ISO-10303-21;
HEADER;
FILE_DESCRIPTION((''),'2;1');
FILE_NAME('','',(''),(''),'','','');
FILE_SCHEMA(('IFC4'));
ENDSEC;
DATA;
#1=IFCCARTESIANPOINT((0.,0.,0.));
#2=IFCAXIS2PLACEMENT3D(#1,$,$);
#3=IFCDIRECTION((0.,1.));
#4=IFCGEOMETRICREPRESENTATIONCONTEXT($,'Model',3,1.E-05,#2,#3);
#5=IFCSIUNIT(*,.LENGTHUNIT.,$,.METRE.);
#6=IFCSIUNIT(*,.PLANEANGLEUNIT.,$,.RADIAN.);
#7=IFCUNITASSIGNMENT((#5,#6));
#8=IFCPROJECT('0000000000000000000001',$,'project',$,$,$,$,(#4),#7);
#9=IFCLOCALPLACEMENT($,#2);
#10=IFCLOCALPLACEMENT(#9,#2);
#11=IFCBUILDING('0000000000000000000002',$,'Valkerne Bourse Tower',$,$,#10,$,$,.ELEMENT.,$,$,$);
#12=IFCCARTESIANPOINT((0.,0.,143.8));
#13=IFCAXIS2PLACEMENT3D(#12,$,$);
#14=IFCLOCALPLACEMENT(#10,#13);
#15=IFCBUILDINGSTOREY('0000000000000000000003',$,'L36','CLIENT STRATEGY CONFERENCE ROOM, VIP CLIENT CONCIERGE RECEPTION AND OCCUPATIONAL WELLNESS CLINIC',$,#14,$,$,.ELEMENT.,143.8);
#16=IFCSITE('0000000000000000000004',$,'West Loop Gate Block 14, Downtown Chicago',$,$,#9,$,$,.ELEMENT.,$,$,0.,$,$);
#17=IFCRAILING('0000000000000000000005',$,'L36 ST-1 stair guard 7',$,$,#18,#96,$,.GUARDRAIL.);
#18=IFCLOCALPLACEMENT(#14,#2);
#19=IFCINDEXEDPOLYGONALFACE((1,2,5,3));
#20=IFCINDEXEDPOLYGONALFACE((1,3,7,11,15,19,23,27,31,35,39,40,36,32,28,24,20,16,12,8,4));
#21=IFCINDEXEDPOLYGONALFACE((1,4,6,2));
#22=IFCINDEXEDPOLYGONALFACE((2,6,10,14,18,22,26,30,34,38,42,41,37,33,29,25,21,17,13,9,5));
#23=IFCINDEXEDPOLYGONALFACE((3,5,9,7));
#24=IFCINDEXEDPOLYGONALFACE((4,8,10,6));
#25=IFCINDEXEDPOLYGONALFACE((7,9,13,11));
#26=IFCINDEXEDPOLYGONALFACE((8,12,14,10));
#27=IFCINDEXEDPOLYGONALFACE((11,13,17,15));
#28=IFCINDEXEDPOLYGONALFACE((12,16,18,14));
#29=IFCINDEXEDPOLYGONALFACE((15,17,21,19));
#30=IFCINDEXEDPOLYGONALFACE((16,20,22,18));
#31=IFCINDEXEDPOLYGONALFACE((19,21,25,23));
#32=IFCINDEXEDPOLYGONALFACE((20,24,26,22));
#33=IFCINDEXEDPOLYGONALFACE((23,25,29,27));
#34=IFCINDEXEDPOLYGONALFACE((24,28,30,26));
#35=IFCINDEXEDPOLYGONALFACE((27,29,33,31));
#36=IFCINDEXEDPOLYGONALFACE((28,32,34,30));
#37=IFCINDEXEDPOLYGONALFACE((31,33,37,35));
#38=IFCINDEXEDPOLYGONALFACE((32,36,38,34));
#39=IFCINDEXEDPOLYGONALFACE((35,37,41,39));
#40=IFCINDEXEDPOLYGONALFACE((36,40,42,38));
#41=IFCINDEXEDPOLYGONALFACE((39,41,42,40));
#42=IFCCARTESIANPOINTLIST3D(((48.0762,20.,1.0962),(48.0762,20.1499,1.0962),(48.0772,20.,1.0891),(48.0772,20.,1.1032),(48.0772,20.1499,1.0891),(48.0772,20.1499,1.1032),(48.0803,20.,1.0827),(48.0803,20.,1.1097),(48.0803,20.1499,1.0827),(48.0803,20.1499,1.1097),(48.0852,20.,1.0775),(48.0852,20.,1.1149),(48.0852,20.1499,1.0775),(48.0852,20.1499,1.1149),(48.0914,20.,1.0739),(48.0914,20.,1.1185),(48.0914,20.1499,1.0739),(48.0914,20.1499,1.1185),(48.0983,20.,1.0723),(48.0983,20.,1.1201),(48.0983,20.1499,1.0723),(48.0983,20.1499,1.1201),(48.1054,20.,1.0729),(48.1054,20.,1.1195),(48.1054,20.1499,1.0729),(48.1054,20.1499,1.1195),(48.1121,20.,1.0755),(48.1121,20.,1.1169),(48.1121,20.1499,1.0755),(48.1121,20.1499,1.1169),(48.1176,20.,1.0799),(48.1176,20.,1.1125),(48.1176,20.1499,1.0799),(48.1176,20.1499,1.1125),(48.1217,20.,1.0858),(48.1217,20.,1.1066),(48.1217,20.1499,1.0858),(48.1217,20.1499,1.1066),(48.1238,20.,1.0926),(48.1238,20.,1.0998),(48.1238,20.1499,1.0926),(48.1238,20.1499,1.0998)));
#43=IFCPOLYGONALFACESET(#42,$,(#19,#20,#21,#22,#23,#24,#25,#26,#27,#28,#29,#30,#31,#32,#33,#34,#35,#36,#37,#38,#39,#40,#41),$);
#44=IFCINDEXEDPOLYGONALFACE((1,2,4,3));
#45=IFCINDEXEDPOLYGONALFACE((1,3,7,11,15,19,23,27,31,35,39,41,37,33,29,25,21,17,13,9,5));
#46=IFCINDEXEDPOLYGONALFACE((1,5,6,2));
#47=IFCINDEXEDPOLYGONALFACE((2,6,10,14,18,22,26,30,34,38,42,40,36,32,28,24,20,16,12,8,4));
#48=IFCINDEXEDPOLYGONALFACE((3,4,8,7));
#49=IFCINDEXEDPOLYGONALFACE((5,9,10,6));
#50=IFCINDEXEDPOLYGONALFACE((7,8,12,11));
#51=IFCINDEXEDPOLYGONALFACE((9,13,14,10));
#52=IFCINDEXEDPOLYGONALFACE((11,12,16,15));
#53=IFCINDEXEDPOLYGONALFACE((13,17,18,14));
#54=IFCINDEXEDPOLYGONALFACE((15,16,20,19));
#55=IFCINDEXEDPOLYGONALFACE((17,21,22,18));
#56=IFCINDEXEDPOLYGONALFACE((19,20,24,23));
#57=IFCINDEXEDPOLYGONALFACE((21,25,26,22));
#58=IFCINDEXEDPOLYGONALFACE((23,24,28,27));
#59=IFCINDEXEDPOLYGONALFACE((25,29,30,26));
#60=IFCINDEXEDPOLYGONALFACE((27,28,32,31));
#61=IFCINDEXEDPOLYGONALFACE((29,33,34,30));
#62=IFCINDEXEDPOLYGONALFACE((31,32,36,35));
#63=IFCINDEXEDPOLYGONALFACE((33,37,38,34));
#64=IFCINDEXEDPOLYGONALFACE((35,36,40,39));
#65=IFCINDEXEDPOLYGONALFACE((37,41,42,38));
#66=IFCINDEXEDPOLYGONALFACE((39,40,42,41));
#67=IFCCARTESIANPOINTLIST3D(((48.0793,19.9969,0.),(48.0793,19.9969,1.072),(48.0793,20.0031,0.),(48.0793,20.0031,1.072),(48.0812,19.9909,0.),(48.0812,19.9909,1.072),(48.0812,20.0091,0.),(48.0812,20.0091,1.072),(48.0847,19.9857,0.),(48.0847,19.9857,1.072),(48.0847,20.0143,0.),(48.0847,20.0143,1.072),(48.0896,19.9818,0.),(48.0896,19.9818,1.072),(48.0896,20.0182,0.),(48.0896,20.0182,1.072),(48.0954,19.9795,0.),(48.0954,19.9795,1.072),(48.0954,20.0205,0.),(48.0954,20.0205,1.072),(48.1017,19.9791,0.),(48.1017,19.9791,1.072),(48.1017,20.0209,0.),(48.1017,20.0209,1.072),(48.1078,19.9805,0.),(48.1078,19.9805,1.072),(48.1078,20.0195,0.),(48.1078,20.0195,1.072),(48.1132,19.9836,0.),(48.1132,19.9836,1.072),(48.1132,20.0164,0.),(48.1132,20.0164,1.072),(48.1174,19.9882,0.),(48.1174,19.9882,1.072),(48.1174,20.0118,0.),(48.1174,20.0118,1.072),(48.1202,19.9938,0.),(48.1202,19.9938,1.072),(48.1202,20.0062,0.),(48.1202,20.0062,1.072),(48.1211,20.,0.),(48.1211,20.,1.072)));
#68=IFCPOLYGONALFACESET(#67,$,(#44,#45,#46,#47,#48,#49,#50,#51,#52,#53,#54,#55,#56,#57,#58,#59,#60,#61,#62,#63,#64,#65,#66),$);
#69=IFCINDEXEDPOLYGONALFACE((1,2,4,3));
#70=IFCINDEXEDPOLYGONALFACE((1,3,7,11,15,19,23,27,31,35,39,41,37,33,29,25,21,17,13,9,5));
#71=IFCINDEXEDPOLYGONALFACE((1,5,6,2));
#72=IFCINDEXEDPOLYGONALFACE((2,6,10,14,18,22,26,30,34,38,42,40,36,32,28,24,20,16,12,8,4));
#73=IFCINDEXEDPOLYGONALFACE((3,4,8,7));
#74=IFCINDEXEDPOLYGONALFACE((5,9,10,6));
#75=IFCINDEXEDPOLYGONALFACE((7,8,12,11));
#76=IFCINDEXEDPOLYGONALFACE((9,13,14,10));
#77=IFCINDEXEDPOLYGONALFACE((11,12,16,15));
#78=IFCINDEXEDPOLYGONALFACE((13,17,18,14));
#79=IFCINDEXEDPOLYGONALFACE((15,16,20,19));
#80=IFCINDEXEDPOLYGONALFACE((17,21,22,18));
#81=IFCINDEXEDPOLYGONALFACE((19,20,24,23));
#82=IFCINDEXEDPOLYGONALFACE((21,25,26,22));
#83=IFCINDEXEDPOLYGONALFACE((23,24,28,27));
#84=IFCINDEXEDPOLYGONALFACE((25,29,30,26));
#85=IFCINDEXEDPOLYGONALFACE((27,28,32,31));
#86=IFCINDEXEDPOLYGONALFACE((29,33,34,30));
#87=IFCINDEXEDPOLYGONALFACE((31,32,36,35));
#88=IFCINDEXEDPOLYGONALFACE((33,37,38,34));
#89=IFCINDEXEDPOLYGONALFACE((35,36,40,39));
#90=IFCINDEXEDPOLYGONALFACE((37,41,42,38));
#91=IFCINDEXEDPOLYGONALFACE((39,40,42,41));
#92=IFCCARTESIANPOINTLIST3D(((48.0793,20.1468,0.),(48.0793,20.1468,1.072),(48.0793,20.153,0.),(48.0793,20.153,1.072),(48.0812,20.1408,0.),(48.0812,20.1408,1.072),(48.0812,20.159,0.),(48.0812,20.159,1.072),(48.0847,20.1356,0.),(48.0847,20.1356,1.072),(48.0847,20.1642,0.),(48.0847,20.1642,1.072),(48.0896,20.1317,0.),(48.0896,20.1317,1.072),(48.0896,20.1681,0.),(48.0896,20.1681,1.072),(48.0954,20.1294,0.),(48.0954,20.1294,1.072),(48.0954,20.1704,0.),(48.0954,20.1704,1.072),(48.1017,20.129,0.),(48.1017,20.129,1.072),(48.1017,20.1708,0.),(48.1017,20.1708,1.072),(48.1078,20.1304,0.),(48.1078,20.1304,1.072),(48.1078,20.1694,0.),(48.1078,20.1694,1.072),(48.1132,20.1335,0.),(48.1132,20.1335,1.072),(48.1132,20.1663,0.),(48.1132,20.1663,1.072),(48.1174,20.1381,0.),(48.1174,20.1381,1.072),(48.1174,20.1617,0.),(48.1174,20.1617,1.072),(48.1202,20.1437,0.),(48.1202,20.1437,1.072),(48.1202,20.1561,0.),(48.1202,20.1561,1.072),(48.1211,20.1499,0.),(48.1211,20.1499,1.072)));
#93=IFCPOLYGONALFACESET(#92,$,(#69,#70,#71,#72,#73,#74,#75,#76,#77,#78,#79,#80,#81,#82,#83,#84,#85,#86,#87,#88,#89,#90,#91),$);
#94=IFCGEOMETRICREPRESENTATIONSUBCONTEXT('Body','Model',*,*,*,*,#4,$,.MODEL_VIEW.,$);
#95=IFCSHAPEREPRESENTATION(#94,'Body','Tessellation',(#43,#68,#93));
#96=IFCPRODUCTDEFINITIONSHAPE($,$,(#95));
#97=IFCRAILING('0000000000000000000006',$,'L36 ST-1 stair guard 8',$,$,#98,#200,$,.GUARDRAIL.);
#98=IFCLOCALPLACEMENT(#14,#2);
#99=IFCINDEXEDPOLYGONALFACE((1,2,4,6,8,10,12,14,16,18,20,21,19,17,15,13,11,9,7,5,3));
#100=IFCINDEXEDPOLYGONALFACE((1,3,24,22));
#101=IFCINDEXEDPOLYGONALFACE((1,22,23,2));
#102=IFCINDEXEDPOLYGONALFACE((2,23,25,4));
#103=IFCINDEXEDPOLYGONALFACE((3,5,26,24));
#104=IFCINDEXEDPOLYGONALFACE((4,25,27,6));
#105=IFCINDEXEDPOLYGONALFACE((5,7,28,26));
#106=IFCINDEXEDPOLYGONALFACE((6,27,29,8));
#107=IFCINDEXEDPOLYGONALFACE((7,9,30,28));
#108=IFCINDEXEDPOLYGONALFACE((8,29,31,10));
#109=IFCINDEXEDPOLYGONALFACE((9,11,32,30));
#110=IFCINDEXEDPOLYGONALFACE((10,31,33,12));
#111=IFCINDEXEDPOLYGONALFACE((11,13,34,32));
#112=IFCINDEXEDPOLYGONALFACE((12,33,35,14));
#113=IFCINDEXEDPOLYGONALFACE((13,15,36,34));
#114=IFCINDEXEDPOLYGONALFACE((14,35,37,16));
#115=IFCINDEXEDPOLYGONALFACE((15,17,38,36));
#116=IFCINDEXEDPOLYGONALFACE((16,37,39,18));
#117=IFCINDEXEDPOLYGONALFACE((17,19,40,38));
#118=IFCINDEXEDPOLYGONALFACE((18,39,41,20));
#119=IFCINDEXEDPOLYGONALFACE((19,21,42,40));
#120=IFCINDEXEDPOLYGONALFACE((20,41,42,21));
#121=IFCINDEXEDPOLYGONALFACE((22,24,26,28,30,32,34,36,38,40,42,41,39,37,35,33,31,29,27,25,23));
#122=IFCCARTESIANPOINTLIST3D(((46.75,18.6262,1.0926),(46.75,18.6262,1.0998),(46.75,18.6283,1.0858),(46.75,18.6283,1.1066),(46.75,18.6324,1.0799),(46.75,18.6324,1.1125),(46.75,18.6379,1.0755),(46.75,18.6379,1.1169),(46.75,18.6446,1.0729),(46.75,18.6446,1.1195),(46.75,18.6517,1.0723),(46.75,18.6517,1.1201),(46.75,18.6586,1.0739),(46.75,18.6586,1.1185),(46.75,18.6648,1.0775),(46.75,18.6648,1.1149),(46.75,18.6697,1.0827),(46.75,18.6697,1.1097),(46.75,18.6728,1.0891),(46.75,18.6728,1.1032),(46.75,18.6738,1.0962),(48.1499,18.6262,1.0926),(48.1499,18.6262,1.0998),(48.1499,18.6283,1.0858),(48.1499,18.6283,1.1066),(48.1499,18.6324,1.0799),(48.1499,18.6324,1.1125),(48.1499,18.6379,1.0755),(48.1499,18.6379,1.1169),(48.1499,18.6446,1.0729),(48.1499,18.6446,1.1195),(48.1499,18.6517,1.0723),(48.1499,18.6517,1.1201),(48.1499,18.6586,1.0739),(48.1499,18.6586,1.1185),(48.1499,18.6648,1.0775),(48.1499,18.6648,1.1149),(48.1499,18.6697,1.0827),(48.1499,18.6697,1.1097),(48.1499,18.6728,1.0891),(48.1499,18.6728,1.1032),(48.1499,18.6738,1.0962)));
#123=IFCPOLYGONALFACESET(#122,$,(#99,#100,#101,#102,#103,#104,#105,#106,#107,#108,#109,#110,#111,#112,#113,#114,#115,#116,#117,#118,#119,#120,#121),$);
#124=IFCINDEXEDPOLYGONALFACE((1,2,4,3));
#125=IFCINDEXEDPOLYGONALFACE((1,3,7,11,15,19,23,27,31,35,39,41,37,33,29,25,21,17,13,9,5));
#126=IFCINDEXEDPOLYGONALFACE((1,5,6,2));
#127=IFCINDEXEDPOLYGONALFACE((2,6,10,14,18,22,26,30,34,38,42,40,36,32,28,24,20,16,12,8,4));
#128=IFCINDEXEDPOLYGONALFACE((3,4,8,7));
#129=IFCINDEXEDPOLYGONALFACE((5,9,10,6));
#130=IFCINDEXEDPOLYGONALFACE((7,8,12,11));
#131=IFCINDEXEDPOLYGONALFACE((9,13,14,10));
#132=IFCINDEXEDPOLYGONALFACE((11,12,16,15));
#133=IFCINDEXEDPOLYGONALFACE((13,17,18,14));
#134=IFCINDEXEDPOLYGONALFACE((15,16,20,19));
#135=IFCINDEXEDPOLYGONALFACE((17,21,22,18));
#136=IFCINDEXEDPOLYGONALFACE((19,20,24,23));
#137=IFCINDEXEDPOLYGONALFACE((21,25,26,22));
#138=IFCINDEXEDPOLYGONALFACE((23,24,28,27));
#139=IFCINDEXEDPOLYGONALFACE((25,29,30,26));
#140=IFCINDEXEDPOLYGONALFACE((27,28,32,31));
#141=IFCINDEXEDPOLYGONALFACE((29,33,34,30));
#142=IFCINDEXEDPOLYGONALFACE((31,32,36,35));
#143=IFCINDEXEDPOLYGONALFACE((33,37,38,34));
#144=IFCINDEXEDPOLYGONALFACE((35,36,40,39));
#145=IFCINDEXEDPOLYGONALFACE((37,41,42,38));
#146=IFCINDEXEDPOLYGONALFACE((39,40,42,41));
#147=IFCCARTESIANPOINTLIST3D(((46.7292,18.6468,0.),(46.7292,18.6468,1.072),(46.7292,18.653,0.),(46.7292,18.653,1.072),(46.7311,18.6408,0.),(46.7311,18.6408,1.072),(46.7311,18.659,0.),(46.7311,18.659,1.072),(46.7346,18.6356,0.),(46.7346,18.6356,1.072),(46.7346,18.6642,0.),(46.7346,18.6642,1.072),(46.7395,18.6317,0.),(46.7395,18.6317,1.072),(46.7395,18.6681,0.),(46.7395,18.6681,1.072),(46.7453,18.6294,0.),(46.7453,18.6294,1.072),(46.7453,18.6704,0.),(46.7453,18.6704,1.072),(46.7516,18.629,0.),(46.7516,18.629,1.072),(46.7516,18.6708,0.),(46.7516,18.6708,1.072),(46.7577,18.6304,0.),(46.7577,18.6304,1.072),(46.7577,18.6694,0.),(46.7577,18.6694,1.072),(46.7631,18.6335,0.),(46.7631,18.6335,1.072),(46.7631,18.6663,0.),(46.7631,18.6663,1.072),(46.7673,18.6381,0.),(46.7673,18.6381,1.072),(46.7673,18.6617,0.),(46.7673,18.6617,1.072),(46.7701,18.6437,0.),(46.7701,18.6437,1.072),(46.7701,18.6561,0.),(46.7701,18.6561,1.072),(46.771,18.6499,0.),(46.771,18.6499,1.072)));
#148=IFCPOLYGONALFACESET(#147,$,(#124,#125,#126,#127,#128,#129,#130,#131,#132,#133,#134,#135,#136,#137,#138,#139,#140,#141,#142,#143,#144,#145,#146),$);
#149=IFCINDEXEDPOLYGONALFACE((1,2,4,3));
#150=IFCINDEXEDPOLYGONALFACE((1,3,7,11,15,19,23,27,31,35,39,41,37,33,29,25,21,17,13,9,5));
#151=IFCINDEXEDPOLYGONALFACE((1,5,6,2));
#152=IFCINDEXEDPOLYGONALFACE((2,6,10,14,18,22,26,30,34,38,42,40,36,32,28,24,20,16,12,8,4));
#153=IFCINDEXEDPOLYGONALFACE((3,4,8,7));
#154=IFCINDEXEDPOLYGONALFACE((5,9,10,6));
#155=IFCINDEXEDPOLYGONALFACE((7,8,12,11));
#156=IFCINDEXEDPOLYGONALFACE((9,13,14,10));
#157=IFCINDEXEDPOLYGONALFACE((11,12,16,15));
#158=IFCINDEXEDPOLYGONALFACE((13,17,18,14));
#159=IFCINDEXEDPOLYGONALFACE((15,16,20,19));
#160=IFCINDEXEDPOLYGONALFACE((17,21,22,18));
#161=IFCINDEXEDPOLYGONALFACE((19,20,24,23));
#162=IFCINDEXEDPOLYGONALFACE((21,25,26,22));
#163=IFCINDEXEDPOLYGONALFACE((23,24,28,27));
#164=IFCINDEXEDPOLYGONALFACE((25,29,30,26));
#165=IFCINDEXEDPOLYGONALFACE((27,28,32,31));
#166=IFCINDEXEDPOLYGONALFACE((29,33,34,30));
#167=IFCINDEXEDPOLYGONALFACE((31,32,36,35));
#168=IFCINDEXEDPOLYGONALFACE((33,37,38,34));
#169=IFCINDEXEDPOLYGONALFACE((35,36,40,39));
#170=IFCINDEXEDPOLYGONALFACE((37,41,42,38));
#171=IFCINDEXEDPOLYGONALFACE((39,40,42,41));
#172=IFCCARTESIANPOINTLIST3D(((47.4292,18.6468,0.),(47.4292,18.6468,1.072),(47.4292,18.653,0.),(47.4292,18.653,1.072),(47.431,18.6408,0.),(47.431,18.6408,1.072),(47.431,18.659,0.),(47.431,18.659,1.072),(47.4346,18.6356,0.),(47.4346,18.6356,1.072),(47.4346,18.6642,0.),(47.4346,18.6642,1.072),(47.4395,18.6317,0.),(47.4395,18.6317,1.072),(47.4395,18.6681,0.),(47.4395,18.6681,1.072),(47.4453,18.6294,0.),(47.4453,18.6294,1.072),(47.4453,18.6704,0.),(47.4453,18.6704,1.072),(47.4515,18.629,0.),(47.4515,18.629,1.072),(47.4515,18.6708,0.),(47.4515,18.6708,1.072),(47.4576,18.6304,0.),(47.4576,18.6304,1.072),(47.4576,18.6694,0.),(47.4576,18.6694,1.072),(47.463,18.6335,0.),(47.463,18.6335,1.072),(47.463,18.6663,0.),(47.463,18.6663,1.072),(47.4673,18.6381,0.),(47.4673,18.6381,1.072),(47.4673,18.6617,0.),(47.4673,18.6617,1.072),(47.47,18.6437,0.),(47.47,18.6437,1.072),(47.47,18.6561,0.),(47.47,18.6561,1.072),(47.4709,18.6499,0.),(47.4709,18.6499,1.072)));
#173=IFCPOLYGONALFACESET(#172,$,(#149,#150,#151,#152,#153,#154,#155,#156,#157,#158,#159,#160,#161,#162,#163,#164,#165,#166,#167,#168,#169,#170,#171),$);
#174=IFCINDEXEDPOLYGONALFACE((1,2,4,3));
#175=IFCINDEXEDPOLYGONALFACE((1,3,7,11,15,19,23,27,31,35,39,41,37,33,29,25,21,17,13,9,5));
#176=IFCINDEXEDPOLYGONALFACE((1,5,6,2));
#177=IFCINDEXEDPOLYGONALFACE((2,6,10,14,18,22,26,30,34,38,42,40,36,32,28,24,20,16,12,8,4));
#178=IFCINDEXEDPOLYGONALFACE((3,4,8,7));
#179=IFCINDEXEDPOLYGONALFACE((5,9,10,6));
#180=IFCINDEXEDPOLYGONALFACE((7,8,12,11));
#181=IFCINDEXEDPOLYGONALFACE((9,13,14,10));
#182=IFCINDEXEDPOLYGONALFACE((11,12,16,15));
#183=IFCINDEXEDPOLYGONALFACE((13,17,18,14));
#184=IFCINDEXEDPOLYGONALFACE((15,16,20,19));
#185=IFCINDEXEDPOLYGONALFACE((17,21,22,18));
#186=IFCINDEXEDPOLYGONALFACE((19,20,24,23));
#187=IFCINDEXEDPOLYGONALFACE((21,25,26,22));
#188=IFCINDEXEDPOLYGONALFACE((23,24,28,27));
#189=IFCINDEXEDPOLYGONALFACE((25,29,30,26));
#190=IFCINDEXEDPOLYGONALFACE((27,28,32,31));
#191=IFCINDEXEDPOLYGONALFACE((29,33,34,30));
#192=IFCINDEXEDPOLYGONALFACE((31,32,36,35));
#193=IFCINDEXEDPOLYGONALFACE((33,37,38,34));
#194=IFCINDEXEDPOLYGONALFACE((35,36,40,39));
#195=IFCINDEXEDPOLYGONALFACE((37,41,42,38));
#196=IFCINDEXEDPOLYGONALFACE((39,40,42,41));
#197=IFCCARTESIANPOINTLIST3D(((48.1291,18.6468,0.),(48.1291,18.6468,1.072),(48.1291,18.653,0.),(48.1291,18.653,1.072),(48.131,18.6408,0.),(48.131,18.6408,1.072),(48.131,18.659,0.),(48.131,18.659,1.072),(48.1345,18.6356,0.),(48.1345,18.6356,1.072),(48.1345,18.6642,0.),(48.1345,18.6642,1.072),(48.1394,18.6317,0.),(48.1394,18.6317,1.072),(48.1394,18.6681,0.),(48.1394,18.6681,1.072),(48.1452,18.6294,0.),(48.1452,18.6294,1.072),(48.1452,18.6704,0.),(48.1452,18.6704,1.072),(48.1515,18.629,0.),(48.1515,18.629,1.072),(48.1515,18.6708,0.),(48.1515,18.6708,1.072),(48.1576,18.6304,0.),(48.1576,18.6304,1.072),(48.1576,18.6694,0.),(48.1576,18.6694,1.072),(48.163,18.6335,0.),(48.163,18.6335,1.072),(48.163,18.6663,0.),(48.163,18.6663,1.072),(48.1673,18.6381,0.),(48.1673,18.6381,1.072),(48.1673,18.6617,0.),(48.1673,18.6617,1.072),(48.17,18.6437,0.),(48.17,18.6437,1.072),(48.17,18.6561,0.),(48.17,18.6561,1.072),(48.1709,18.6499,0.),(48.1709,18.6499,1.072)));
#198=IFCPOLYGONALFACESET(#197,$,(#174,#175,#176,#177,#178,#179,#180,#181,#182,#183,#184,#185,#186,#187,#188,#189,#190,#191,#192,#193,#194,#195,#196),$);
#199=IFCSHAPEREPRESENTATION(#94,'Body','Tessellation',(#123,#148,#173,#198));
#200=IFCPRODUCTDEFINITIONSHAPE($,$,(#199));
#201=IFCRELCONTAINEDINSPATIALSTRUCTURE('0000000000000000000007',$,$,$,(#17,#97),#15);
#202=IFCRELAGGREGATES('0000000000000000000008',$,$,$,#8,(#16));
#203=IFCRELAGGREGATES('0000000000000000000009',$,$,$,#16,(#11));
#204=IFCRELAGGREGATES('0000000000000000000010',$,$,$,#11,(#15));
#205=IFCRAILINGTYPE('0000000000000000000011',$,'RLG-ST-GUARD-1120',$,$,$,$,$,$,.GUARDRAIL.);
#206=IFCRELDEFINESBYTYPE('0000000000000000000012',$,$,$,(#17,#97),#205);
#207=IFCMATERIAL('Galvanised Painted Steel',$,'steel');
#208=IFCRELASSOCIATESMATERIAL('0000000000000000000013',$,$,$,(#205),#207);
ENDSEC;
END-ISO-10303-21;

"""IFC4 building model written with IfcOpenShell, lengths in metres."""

from ifc_helpers import new_model, si_unit, direction, frame, origin, origin_2d, place, context, subcontext, project, spatial, circle, extrude, material, type_object, element, save


model = new_model("IFC4")

# Units and contexts
model_context = context("Model", 3, precision=1e-05, world=origin(), true_north=direction((0.0, 1.0)))
body_context = subcontext(model_context, "Body", "Model", "MODEL_VIEW")
ifc_project = project(units=[si_unit("LENGTHUNIT", "METRE"), si_unit("PLANEANGLEUNIT", "RADIAN")], contexts=[model_context])

# Site, building, storey
site_placement = place(None, origin())
site = spatial("IfcSite", under=ifc_project, at=site_placement, Name="West Loop Gate Block 14, Downtown Chicago", CompositionType="ELEMENT", RefElevation=0.0)
building_placement = place(site_placement, origin())
building = spatial("IfcBuilding", under=site, at=building_placement, Name="Valkerne Bourse Tower", CompositionType="ELEMENT")
storey_placement = place(building_placement, frame((0.0, 0.0, 143.8)))
storey = spatial("IfcBuildingStorey", under=building, at=storey_placement, Name="L36", Description="CLIENT STRATEGY CONFERENCE ROOM, VIP CLIENT CONCIERGE RECEPTION AND OCCUPATIONAL WELLNESS CLINIC", CompositionType="ELEMENT", Elevation=143.8)

# Shared definitions
ifc_material_1 = material(Name="Galvanised Painted Steel", Category="steel")

# Railings
railing_type_1 = type_object("IfcRailingType", Name="RLG-ST-GUARD-1120", PredefinedType="GUARDRAIL", material=ifc_material_1)
railing_1_placement = place(storey_placement, frame((48.1001, 20.0, 0.0)))
element("IfcRailing", 1, at=railing_1_placement, inside=storey, type_object=railing_type_1, Name="L36 ST-1 stair guard 7", PredefinedType="GUARDRAIL", context=body_context, shape_type="SweptSolid", body=[
    extrude(circle(Radius=0.0239, at=origin_2d()), frame((0.0, 0.0, 1.0962), z_axis=(0.0, 1.0, 0.0), x_axis=(-1.0, 0.0, 0.0)), (0.0, 0.0, 1.0), 0.1499),
    extrude(circle(Radius=0.021, at=origin_2d()), origin(), (0.0, 0.0, 1.0), 1.072),
    extrude(circle(Radius=0.021, at=origin_2d()), frame((0.0, 0.1499, 0.0)), (0.0, 0.0, 1.0), 1.072),
])
for number, where, name in (
    (2, (46.75, 18.6499, 0.0), "L36 ST-1 stair guard 8"),
):
    element("IfcRailing", number, at=place(storey_placement, frame(where)), inside=storey, type_object=railing_type_1, Name=name, PredefinedType="GUARDRAIL", context=body_context, shape_type="SweptSolid", body=[
        extrude(circle(Radius=0.0239, at=origin_2d()), frame((0.0, 0.0, 1.0962), z_axis=(1.0, 0.0, 0.0), x_axis=(0.0, 1.0, 0.0)), (0.0, 0.0, 1.0), 1.3999),
        extrude(circle(Radius=0.021, at=origin_2d()), origin(), (0.0, 0.0, 1.0), 1.072),
        extrude(circle(Radius=0.021, at=origin_2d()), frame((0.7, 0.0, 0.0)), (0.0, 0.0, 1.0), 1.072),
        extrude(circle(Radius=0.021, at=origin_2d()), frame((1.3999, 0.0, 0.0)), (0.0, 0.0, 1.0), 1.072),
    ])

save(model, "model.ifc")
